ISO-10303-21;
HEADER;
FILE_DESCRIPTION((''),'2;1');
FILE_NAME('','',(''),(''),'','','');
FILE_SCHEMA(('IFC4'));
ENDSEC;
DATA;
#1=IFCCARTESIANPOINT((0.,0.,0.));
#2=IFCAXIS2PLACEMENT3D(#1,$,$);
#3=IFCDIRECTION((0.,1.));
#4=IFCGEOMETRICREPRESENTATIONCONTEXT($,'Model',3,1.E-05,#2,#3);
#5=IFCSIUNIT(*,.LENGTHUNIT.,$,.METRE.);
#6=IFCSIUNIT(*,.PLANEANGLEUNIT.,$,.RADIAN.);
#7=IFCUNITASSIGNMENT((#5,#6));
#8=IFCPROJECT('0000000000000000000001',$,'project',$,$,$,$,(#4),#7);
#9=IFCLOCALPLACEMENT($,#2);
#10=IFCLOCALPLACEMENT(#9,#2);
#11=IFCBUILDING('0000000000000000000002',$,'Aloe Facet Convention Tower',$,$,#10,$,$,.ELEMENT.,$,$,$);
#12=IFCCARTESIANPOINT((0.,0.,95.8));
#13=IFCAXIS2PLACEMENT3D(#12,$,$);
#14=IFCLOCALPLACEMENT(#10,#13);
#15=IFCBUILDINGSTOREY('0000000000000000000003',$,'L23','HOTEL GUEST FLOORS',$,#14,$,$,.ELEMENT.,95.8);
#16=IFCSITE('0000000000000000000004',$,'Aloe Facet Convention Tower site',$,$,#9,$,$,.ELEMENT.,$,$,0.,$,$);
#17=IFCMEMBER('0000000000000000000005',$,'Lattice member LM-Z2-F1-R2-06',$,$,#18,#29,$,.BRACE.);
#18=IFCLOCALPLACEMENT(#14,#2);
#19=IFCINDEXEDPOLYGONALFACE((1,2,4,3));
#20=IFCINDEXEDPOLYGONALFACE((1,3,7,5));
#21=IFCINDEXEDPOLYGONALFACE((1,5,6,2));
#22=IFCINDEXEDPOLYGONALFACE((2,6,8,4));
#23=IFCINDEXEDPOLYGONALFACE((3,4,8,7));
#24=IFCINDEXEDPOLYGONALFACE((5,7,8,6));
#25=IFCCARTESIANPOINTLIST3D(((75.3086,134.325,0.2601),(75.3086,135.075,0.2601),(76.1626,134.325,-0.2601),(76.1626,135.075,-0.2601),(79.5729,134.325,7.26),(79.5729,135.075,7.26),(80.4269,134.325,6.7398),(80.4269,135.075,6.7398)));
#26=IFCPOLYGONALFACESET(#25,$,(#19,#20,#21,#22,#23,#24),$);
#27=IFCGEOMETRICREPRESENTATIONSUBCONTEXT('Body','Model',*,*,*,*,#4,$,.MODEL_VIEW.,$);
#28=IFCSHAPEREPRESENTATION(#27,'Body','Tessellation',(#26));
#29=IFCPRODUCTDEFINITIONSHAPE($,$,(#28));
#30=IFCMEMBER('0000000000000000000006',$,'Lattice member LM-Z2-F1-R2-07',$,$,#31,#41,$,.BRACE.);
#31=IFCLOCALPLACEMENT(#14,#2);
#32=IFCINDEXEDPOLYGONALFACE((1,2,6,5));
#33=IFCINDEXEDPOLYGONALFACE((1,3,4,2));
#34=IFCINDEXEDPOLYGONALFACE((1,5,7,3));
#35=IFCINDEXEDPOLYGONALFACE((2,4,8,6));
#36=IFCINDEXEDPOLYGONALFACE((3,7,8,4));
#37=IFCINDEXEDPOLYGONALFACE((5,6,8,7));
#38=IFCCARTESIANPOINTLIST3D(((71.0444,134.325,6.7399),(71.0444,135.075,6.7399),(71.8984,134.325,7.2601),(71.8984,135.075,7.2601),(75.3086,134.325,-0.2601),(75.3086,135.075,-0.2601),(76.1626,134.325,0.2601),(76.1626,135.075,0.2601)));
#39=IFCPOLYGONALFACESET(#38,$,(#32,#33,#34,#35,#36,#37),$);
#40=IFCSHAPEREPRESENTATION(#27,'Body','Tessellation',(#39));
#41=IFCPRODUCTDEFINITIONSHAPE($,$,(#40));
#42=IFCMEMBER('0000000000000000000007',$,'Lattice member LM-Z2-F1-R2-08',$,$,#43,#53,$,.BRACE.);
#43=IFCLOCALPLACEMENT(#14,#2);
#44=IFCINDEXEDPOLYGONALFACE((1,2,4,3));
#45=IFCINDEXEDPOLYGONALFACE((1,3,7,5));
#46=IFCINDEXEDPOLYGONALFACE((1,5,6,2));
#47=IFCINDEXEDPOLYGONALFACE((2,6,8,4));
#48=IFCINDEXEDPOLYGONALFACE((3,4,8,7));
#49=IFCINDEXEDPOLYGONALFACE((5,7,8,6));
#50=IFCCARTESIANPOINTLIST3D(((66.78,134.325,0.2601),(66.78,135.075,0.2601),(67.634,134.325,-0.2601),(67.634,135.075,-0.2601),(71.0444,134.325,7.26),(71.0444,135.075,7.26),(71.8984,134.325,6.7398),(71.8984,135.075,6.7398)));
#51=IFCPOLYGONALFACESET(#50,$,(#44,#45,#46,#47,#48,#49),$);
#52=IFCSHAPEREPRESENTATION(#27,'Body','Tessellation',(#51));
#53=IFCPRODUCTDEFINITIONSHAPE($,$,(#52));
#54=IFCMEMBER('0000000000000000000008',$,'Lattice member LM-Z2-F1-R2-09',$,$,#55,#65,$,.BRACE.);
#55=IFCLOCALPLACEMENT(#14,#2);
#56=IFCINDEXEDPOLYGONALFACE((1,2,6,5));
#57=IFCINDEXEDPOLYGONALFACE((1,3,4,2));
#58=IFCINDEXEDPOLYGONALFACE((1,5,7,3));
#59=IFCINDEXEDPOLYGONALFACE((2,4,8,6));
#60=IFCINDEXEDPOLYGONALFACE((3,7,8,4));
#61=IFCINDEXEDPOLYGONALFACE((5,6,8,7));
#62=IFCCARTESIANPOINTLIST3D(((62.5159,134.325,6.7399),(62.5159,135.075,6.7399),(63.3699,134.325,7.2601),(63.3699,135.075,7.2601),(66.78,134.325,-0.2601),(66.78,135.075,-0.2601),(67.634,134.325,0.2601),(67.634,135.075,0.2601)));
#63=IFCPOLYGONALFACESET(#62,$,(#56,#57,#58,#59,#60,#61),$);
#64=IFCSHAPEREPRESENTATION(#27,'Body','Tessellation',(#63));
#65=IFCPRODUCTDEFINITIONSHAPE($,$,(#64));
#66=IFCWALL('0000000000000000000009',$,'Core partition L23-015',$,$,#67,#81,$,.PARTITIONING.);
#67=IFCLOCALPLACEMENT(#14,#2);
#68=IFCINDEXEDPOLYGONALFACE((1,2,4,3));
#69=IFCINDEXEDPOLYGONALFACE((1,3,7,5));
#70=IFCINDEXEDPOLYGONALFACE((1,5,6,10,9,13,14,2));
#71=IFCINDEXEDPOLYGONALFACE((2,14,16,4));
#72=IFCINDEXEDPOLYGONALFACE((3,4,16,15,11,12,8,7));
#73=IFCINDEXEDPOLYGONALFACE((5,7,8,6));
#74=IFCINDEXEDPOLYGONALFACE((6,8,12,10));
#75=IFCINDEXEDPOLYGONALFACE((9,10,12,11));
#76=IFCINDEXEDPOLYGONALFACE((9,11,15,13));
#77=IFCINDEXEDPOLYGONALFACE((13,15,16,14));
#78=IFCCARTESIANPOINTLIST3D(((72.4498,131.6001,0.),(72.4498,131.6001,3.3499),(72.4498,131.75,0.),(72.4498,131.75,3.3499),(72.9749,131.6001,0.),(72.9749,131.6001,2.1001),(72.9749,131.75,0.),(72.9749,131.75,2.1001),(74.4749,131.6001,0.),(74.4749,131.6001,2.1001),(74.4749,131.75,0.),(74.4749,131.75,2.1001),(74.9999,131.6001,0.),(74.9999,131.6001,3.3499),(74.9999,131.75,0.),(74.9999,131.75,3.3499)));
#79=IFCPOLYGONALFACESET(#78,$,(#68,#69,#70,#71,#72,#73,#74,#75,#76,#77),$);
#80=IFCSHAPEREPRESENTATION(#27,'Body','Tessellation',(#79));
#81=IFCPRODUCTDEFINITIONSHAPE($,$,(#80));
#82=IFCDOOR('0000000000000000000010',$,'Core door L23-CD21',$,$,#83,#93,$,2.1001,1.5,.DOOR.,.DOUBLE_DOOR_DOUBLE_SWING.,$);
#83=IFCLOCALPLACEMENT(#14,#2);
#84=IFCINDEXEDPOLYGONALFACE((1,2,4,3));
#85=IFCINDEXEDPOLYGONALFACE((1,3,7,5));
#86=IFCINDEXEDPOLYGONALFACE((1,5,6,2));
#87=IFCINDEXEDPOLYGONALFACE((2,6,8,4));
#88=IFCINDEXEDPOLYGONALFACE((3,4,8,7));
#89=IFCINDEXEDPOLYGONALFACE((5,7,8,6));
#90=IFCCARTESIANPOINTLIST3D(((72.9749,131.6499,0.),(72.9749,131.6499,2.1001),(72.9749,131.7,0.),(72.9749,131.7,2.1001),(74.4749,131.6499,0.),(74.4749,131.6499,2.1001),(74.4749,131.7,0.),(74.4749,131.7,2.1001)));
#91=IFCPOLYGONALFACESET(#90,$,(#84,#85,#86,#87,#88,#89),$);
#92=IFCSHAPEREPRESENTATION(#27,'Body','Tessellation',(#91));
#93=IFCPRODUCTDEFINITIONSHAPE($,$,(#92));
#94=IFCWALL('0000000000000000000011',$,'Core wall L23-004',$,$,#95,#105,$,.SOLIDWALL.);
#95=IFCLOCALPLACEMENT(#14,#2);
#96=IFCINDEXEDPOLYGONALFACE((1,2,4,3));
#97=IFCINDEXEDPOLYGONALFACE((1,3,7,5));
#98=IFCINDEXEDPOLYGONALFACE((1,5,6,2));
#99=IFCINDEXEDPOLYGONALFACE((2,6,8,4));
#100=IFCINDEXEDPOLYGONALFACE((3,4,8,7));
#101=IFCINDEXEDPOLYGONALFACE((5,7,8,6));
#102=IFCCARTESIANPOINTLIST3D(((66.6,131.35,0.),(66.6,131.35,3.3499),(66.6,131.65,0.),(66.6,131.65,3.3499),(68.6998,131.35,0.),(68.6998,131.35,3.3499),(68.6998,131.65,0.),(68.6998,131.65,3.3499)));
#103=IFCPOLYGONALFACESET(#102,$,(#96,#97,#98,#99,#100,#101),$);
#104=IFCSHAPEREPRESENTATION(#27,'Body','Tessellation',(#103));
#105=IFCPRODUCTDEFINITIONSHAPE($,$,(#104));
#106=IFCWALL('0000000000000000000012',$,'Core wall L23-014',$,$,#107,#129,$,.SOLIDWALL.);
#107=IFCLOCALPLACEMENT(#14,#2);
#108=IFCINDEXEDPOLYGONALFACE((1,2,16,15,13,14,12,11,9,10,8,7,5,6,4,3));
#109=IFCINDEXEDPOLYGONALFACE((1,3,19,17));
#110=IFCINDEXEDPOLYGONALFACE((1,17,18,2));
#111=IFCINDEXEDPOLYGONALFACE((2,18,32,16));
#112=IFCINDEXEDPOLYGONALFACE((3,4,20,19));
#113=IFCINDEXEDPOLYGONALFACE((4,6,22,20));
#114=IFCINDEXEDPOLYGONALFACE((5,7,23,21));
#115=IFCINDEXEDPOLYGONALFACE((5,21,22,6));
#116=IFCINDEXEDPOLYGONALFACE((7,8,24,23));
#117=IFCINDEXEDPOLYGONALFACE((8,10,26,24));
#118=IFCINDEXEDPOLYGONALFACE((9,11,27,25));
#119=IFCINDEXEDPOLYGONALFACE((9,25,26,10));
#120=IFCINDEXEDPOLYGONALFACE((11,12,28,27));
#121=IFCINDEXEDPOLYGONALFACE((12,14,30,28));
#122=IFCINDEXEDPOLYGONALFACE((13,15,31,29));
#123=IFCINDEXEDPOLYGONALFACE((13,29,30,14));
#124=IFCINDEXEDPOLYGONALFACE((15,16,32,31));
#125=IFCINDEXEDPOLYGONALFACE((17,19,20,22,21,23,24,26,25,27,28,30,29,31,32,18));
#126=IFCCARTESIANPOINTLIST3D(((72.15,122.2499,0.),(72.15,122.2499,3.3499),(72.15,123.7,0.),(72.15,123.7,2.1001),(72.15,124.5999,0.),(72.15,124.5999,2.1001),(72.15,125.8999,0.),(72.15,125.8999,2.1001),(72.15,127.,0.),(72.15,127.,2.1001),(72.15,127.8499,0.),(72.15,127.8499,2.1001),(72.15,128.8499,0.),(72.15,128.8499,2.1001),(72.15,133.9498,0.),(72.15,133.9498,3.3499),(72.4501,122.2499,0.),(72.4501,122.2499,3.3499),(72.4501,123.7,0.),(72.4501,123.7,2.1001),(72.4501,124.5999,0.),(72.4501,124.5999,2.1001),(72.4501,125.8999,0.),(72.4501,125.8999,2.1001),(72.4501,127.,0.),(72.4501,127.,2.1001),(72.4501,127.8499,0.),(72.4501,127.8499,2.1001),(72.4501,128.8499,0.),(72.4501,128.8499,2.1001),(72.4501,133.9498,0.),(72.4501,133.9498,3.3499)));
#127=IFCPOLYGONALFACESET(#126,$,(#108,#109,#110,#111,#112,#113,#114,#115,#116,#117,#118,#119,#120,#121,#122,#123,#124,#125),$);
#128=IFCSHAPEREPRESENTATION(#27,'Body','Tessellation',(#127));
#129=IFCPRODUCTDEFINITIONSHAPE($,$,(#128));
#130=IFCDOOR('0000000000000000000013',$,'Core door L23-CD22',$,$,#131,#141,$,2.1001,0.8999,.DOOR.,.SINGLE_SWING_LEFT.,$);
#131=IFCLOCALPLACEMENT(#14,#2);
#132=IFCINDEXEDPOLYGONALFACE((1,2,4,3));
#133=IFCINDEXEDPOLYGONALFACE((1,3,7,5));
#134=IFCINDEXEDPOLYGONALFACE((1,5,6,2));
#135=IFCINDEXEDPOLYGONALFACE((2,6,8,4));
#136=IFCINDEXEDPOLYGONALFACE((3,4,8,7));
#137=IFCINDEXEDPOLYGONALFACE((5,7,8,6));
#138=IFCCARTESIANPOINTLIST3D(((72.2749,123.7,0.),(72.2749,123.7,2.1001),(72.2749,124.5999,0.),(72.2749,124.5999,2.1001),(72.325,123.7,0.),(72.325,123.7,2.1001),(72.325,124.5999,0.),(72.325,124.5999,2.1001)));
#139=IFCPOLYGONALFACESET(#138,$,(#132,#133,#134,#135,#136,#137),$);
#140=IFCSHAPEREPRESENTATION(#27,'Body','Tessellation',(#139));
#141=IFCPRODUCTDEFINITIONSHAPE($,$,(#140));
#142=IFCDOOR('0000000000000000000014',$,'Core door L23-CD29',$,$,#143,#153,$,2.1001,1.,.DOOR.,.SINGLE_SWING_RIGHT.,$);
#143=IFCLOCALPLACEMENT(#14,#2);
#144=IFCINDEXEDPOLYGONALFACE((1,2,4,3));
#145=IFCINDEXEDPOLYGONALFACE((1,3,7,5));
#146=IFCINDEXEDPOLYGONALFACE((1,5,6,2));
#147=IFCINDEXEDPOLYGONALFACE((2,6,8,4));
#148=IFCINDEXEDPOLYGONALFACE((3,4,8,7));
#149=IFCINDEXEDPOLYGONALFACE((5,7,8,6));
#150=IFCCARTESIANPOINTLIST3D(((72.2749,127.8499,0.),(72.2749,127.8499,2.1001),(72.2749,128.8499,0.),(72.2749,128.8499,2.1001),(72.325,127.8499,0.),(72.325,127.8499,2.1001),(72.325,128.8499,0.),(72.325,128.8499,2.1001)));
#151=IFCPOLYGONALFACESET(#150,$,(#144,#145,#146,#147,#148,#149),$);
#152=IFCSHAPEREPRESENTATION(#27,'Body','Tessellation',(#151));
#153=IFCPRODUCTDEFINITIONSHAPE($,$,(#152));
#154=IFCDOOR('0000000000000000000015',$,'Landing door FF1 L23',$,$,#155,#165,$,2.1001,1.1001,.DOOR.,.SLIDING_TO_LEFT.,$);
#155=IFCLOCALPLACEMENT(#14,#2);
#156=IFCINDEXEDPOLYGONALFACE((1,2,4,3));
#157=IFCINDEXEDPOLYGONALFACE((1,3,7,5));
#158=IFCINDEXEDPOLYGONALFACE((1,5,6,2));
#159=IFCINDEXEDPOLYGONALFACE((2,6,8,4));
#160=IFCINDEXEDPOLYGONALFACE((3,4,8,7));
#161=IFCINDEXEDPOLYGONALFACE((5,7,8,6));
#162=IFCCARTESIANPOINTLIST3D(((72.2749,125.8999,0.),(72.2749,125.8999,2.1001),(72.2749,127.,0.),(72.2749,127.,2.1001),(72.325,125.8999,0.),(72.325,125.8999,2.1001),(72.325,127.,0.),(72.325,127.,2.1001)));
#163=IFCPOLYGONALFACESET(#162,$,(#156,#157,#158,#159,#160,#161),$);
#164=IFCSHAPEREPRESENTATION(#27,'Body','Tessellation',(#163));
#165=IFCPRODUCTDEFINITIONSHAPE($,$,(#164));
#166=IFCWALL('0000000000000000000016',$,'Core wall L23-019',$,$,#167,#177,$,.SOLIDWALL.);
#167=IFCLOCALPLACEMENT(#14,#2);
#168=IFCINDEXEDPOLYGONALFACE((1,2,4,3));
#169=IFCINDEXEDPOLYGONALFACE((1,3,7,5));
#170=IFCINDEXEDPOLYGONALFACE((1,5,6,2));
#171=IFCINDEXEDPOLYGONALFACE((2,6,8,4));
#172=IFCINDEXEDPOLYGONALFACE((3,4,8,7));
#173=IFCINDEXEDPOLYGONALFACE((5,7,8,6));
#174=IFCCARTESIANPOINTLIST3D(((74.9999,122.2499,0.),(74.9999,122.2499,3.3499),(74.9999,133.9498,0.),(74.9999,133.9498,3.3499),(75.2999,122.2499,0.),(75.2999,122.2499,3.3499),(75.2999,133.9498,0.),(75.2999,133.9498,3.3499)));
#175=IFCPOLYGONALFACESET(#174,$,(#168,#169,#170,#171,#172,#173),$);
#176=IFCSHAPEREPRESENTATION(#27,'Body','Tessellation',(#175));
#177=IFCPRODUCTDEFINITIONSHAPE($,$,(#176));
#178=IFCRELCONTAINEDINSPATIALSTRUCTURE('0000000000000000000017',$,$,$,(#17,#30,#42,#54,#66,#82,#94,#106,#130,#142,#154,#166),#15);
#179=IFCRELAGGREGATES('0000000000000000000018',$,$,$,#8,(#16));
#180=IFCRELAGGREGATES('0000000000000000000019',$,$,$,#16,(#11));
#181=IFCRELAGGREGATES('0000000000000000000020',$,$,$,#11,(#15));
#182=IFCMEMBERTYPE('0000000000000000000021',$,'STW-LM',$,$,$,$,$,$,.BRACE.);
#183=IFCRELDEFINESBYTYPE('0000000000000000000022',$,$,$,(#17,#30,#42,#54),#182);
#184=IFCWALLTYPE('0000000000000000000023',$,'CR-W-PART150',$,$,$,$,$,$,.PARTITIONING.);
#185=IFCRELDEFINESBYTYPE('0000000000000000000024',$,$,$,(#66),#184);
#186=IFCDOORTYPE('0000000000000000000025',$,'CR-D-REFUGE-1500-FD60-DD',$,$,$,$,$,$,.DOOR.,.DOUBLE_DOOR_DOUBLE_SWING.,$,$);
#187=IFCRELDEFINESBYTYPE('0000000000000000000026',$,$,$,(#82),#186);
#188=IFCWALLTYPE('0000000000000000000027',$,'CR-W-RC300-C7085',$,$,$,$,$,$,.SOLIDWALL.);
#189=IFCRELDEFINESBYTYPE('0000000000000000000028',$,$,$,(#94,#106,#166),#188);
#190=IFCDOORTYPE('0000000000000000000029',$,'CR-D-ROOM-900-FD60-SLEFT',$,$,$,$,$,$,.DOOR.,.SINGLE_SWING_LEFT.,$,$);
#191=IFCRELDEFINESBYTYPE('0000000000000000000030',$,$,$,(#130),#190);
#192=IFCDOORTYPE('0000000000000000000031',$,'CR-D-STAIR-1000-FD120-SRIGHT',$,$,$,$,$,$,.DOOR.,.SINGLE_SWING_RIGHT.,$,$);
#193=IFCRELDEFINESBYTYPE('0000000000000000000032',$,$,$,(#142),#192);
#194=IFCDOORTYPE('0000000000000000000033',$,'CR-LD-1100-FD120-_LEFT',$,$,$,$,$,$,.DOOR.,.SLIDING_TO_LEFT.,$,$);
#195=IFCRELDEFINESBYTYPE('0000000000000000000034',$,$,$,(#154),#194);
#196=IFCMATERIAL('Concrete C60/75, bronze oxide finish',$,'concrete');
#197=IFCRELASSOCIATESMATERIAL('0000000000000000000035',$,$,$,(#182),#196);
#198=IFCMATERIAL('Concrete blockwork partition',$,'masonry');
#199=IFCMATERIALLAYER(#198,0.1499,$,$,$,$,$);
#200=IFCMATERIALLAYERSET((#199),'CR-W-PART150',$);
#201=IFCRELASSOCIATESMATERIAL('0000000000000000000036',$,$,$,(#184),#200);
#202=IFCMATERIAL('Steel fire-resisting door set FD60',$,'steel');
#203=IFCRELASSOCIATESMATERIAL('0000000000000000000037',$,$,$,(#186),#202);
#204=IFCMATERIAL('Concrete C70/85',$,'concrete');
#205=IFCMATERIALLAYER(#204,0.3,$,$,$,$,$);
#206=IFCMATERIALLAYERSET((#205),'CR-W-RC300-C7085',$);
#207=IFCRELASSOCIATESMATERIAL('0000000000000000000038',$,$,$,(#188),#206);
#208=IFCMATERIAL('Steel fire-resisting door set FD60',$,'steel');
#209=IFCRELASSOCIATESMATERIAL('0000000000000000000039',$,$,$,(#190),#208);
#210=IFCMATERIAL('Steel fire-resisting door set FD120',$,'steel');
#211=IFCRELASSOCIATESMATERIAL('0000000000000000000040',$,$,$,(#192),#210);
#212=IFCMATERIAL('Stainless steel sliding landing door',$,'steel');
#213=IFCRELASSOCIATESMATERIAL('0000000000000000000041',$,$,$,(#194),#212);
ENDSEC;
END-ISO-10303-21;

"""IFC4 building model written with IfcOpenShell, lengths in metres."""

from ifc_helpers import new_model, si_unit, direction, frame, frame_2d, origin, origin_2d, place, context, subcontext, project, spatial, rectangle, extrude, material, layer, layer_set, material_profile, profile_set, type_object, element, fill, save


model = new_model("IFC4")

# Units and contexts
model_context = context("Model", 3, precision=1e-05, world=origin(), true_north=direction((0.0, 1.0)))
body_context = subcontext(model_context, "Body", "Model", "MODEL_VIEW")
ifc_project = project(units=[si_unit("LENGTHUNIT", "METRE"), si_unit("PLANEANGLEUNIT", "RADIAN")], contexts=[model_context])

# Site, building, storey
site_placement = place(None, origin())
site = spatial("IfcSite", under=ifc_project, at=site_placement, Name="Aloe Facet Convention Tower site", CompositionType="ELEMENT", RefElevation=0.0)
building_placement = place(site_placement, origin())
building = spatial("IfcBuilding", under=site, at=building_placement, Name="Aloe Facet Convention Tower", CompositionType="ELEMENT")
storey_placement = place(building_placement, frame((0.0, 0.0, 95.8)))
storey = spatial("IfcBuildingStorey", under=building, at=storey_placement, Name="L23", Description="HOTEL GUEST FLOORS", CompositionType="ELEMENT", Elevation=95.8)

# Members
ifc_material_1 = material(Name="Concrete C60/75, bronze oxide finish", Category="concrete")
ifc_material_profile = material_profile(ifc_material_1, rectangle(XDim=0.75, YDim=1.0, at=origin_2d()), Name="STW-LM")
ifc_profile_set = profile_set([ifc_material_profile], Name="Concrete C60/75, bronze oxide finish")
member_type = type_object("IfcMemberType", Name="STW-LM", PredefinedType="BRACE", material=ifc_profile_set)
for number, where, z_axis, x_axis, name in (
    (1, (75.7356, 134.7, 0.0), (0.520262, 0.0, 0.854007), (0.0, 1.0, 0.0), "Lattice member LM-Z2-F1-R2-06"),
    (2, (75.7356, 134.7, 0.0), (-0.52024, 0.0, 0.85402), (0.0, -1.0, 0.0), "Lattice member LM-Z2-F1-R2-07"),
    (3, (67.207, 134.7, 0.0), (0.520262, 0.0, 0.854007), (0.0, 1.0, 0.0), "Lattice member LM-Z2-F1-R2-08"),
    (4, (67.207, 134.7, 0.0), (-0.52024, 0.0, 0.85402), (0.0, -1.0, 0.0), "Lattice member LM-Z2-F1-R2-09"),
):
    element("IfcMember", number, at=place(storey_placement, frame(where, z_axis=z_axis, x_axis=x_axis)), inside=storey, type_object=member_type, Name=name, PredefinedType="BRACE", context=body_context, shape_type="SweptSolid", body=[
        extrude(rectangle(XDim=0.75, YDim=1.0, at=origin_2d()), origin(), (0.0, 0.0, 1.0), 8.1965),
    ])

# Wall, opening, door
ifc_material_2 = material(Name="Concrete blockwork partition", Category="masonry")
ifc_layer_1 = layer(ifc_material_2, 0.1499)
ifc_layer_set_1 = layer_set([ifc_layer_1], Name="CR-W-PART150")
wall_type_1 = type_object("IfcWallType", Name="CR-W-PART150", PredefinedType="PARTITIONING", material=ifc_layer_set_1)
wall_1_placement = place(storey_placement, frame((72.45, 131.675, 0.0), z_axis=(0.0, 0.0, 1.0), x_axis=(1.0, 0.0, 0.0)))
wall_1 = element("IfcWall", 5, at=wall_1_placement, inside=storey, type_object=wall_type_1, Name="Core partition L23-015", PredefinedType="PARTITIONING", context=body_context, shape_type="SweptSolid", body=[
    extrude(rectangle(XDim=2.55, YDim=0.1499, at=frame_2d((1.2749, 0.0))), origin(), (0.0, 0.0, 1.0), 3.3499),
])
opening_1_placement = place(wall_1_placement, frame((0.5249, 0.0, 0.0)))
opening_1 = element("IfcOpeningElement", 6, at=opening_1_placement, cuts=wall_1, PredefinedType="OPENING", context=body_context, shape_type="SweptSolid", body=[
    extrude(rectangle(XDim=1.5, YDim=2.1001, at=frame_2d((0.75, 1.05))), frame((0.0, 0.085, 0.0), z_axis=(0.0, -1.0, 0.0), x_axis=(1.0, 0.0, 0.0)), (0.0, 0.0, 1.0), 0.1699),
])
ifc_material_3 = material(Name="Steel fire-resisting door set FD60", Category="steel")
door_type_1 = type_object("IfcDoorType", Name="CR-D-REFUGE-1500-FD60-DD", OperationType="DOUBLE_DOOR_DOUBLE_SWING", PredefinedType="DOOR", material=ifc_material_3)
door_1_placement = place(opening_1_placement, origin())
door_1 = element("IfcDoor", 7, at=door_1_placement, inside=storey, type_object=door_type_1, Name="Core door L23-CD21", OperationType="DOUBLE_DOOR_DOUBLE_SWING", OverallHeight=2.1001, OverallWidth=1.5, PredefinedType="DOOR", context=body_context, shape_type="SweptSolid", body=[
    extrude(rectangle(XDim=1.5, YDim=2.1001, at=frame_2d((0.75, 1.05))), frame((0.0, 0.0249, 0.0), z_axis=(0.0, -1.0, 0.0), x_axis=(1.0, 0.0, 0.0)), (0.0, 0.0, 1.0), 0.05),
])
fill(opening_1, door_1)

# Wall
ifc_material_4 = material(Name="Concrete C70/85", Category="concrete")
ifc_layer_2 = layer(ifc_material_4, 0.3)
ifc_layer_set_2 = layer_set([ifc_layer_2], Name="CR-W-RC300-C7085")
wall_type_2 = type_object("IfcWallType", Name="CR-W-RC300-C7085", PredefinedType="SOLIDWALL", material=ifc_layer_set_2)
wall_2_placement = place(storey_placement, frame((66.6001, 131.5, 0.0), z_axis=(0.0, 0.0, 1.0), x_axis=(1.0, 0.0, 0.0)))
element("IfcWall", 8, at=wall_2_placement, inside=storey, type_object=wall_type_2, Name="Core wall L23-004", PredefinedType="SOLIDWALL", context=body_context, shape_type="SweptSolid", body=[
    extrude(rectangle(XDim=2.0999, YDim=0.3, at=frame_2d((1.0498, 0.0))), origin(), (0.0, 0.0, 1.0), 3.3499),
])

# Wall, openings, doors
wall_3_placement = place(storey_placement, frame((72.3, 133.95, 0.0), z_axis=(0.0, 0.0, 1.0), x_axis=(0.0, -1.0, 0.0)))
wall_3 = element("IfcWall", 9, at=wall_3_placement, inside=storey, type_object=wall_type_2, Name="Core wall L23-014", PredefinedType="SOLIDWALL", context=body_context, shape_type="SweptSolid", body=[
    extrude(rectangle(XDim=11.7, YDim=0.3, at=frame_2d((5.8501, 0.0))), origin(), (0.0, 0.0, 1.0), 3.3499),
])
opening_2_placement = place(wall_3_placement, frame((6.95, 0.0, 0.0)))
opening_2 = element("IfcOpeningElement", 10, at=opening_2_placement, cuts=wall_3, PredefinedType="OPENING", context=body_context, shape_type="SweptSolid", body=[
    extrude(rectangle(XDim=1.1001, YDim=2.1001, at=frame_2d((0.55, 1.05))), frame((0.0, 0.1602, 0.0), z_axis=(0.0, -1.0, 0.0), x_axis=(1.0, 0.0, 0.0)), (0.0, 0.0, 1.0), 0.3201),
])
opening_3_placement = place(wall_3_placement, frame((9.3501, 0.0, 0.0)))
opening_3 = element("IfcOpeningElement", 11, at=opening_3_placement, cuts=wall_3, PredefinedType="OPENING", context=body_context, shape_type="SweptSolid", body=[
    extrude(rectangle(XDim=0.8999, YDim=2.1001, at=frame_2d((0.45, 1.05))), frame((0.0, 0.1602, 0.0), z_axis=(0.0, -1.0, 0.0), x_axis=(1.0, 0.0, 0.0)), (0.0, 0.0, 1.0), 0.3201),
])
opening_4_placement = place(wall_3_placement, frame((5.1001, 0.0, 0.0)))
opening_4 = element("IfcOpeningElement", 12, at=opening_4_placement, cuts=wall_3, PredefinedType="OPENING", context=body_context, shape_type="SweptSolid", body=[
    extrude(rectangle(XDim=1.0, YDim=2.1001, at=frame_2d((0.5, 1.05))), frame((0.0, 0.1602, 0.0), z_axis=(0.0, -1.0, 0.0), x_axis=(1.0, 0.0, 0.0)), (0.0, 0.0, 1.0), 0.3201),
])
ifc_material_5 = material(Name="Steel fire-resisting door set FD60", Category="steel")
door_type_2 = type_object("IfcDoorType", Name="CR-D-ROOM-900-FD60-SLEFT", OperationType="SINGLE_SWING_LEFT", PredefinedType="DOOR", material=ifc_material_5)
door_2_placement = place(opening_3_placement, origin())
door_2 = element("IfcDoor", 13, at=door_2_placement, inside=storey, type_object=door_type_2, Name="Core door L23-CD22", OperationType="SINGLE_SWING_LEFT", OverallHeight=2.1001, OverallWidth=0.8999, PredefinedType="DOOR", context=body_context, shape_type="SweptSolid", body=[
    extrude(rectangle(XDim=0.8999, YDim=2.1001, at=frame_2d((0.45, 1.05))), frame((0.0, 0.0249, 0.0), z_axis=(0.0, -1.0, 0.0), x_axis=(1.0, 0.0, 0.0)), (0.0, 0.0, 1.0), 0.05),
])
fill(opening_3, door_2)
ifc_material_6 = material(Name="Steel fire-resisting door set FD120", Category="steel")
door_type_3 = type_object("IfcDoorType", Name="CR-D-STAIR-1000-FD120-SRIGHT", OperationType="SINGLE_SWING_RIGHT", PredefinedType="DOOR", material=ifc_material_6)
door_3_placement = place(opening_4_placement, origin())
door_3 = element("IfcDoor", 14, at=door_3_placement, inside=storey, type_object=door_type_3, Name="Core door L23-CD29", OperationType="SINGLE_SWING_RIGHT", OverallHeight=2.1001, OverallWidth=1.0, PredefinedType="DOOR", context=body_context, shape_type="SweptSolid", body=[
    extrude(rectangle(XDim=1.0, YDim=2.1001, at=frame_2d((0.5, 1.05))), frame((0.0, 0.0249, 0.0), z_axis=(0.0, -1.0, 0.0), x_axis=(1.0, 0.0, 0.0)), (0.0, 0.0, 1.0), 0.05),
])
fill(opening_4, door_3)
ifc_material_7 = material(Name="Stainless steel sliding landing door", Category="steel")
door_type_4 = type_object("IfcDoorType", Name="CR-LD-1100-FD120-_LEFT", OperationType="SLIDING_TO_LEFT", PredefinedType="DOOR", material=ifc_material_7)
door_4_placement = place(opening_2_placement, origin())
door_4 = element("IfcDoor", 15, at=door_4_placement, inside=storey, type_object=door_type_4, Name="Landing door FF1 L23", OperationType="SLIDING_TO_LEFT", OverallHeight=2.1001, OverallWidth=1.1001, PredefinedType="DOOR", context=body_context, shape_type="SweptSolid", body=[
    extrude(rectangle(XDim=1.1001, YDim=2.1001, at=frame_2d((0.55, 1.05))), frame((0.0, 0.0249, 0.0), z_axis=(0.0, -1.0, 0.0), x_axis=(1.0, 0.0, 0.0)), (0.0, 0.0, 1.0), 0.05),
])
fill(opening_2, door_4)

# Wall
wall_4_placement = place(storey_placement, frame((75.1499, 133.95, 0.0), z_axis=(0.0, 0.0, 1.0), x_axis=(0.0, -1.0, 0.0)))
element("IfcWall", 16, at=wall_4_placement, inside=storey, type_object=wall_type_2, Name="Core wall L23-019", PredefinedType="SOLIDWALL", context=body_context, shape_type="SweptSolid", body=[
    extrude(rectangle(XDim=11.7, YDim=0.3, at=frame_2d((5.8501, 0.0))), origin(), (0.0, 0.0, 1.0), 3.3499),
])

save(model, "model.ifc")
